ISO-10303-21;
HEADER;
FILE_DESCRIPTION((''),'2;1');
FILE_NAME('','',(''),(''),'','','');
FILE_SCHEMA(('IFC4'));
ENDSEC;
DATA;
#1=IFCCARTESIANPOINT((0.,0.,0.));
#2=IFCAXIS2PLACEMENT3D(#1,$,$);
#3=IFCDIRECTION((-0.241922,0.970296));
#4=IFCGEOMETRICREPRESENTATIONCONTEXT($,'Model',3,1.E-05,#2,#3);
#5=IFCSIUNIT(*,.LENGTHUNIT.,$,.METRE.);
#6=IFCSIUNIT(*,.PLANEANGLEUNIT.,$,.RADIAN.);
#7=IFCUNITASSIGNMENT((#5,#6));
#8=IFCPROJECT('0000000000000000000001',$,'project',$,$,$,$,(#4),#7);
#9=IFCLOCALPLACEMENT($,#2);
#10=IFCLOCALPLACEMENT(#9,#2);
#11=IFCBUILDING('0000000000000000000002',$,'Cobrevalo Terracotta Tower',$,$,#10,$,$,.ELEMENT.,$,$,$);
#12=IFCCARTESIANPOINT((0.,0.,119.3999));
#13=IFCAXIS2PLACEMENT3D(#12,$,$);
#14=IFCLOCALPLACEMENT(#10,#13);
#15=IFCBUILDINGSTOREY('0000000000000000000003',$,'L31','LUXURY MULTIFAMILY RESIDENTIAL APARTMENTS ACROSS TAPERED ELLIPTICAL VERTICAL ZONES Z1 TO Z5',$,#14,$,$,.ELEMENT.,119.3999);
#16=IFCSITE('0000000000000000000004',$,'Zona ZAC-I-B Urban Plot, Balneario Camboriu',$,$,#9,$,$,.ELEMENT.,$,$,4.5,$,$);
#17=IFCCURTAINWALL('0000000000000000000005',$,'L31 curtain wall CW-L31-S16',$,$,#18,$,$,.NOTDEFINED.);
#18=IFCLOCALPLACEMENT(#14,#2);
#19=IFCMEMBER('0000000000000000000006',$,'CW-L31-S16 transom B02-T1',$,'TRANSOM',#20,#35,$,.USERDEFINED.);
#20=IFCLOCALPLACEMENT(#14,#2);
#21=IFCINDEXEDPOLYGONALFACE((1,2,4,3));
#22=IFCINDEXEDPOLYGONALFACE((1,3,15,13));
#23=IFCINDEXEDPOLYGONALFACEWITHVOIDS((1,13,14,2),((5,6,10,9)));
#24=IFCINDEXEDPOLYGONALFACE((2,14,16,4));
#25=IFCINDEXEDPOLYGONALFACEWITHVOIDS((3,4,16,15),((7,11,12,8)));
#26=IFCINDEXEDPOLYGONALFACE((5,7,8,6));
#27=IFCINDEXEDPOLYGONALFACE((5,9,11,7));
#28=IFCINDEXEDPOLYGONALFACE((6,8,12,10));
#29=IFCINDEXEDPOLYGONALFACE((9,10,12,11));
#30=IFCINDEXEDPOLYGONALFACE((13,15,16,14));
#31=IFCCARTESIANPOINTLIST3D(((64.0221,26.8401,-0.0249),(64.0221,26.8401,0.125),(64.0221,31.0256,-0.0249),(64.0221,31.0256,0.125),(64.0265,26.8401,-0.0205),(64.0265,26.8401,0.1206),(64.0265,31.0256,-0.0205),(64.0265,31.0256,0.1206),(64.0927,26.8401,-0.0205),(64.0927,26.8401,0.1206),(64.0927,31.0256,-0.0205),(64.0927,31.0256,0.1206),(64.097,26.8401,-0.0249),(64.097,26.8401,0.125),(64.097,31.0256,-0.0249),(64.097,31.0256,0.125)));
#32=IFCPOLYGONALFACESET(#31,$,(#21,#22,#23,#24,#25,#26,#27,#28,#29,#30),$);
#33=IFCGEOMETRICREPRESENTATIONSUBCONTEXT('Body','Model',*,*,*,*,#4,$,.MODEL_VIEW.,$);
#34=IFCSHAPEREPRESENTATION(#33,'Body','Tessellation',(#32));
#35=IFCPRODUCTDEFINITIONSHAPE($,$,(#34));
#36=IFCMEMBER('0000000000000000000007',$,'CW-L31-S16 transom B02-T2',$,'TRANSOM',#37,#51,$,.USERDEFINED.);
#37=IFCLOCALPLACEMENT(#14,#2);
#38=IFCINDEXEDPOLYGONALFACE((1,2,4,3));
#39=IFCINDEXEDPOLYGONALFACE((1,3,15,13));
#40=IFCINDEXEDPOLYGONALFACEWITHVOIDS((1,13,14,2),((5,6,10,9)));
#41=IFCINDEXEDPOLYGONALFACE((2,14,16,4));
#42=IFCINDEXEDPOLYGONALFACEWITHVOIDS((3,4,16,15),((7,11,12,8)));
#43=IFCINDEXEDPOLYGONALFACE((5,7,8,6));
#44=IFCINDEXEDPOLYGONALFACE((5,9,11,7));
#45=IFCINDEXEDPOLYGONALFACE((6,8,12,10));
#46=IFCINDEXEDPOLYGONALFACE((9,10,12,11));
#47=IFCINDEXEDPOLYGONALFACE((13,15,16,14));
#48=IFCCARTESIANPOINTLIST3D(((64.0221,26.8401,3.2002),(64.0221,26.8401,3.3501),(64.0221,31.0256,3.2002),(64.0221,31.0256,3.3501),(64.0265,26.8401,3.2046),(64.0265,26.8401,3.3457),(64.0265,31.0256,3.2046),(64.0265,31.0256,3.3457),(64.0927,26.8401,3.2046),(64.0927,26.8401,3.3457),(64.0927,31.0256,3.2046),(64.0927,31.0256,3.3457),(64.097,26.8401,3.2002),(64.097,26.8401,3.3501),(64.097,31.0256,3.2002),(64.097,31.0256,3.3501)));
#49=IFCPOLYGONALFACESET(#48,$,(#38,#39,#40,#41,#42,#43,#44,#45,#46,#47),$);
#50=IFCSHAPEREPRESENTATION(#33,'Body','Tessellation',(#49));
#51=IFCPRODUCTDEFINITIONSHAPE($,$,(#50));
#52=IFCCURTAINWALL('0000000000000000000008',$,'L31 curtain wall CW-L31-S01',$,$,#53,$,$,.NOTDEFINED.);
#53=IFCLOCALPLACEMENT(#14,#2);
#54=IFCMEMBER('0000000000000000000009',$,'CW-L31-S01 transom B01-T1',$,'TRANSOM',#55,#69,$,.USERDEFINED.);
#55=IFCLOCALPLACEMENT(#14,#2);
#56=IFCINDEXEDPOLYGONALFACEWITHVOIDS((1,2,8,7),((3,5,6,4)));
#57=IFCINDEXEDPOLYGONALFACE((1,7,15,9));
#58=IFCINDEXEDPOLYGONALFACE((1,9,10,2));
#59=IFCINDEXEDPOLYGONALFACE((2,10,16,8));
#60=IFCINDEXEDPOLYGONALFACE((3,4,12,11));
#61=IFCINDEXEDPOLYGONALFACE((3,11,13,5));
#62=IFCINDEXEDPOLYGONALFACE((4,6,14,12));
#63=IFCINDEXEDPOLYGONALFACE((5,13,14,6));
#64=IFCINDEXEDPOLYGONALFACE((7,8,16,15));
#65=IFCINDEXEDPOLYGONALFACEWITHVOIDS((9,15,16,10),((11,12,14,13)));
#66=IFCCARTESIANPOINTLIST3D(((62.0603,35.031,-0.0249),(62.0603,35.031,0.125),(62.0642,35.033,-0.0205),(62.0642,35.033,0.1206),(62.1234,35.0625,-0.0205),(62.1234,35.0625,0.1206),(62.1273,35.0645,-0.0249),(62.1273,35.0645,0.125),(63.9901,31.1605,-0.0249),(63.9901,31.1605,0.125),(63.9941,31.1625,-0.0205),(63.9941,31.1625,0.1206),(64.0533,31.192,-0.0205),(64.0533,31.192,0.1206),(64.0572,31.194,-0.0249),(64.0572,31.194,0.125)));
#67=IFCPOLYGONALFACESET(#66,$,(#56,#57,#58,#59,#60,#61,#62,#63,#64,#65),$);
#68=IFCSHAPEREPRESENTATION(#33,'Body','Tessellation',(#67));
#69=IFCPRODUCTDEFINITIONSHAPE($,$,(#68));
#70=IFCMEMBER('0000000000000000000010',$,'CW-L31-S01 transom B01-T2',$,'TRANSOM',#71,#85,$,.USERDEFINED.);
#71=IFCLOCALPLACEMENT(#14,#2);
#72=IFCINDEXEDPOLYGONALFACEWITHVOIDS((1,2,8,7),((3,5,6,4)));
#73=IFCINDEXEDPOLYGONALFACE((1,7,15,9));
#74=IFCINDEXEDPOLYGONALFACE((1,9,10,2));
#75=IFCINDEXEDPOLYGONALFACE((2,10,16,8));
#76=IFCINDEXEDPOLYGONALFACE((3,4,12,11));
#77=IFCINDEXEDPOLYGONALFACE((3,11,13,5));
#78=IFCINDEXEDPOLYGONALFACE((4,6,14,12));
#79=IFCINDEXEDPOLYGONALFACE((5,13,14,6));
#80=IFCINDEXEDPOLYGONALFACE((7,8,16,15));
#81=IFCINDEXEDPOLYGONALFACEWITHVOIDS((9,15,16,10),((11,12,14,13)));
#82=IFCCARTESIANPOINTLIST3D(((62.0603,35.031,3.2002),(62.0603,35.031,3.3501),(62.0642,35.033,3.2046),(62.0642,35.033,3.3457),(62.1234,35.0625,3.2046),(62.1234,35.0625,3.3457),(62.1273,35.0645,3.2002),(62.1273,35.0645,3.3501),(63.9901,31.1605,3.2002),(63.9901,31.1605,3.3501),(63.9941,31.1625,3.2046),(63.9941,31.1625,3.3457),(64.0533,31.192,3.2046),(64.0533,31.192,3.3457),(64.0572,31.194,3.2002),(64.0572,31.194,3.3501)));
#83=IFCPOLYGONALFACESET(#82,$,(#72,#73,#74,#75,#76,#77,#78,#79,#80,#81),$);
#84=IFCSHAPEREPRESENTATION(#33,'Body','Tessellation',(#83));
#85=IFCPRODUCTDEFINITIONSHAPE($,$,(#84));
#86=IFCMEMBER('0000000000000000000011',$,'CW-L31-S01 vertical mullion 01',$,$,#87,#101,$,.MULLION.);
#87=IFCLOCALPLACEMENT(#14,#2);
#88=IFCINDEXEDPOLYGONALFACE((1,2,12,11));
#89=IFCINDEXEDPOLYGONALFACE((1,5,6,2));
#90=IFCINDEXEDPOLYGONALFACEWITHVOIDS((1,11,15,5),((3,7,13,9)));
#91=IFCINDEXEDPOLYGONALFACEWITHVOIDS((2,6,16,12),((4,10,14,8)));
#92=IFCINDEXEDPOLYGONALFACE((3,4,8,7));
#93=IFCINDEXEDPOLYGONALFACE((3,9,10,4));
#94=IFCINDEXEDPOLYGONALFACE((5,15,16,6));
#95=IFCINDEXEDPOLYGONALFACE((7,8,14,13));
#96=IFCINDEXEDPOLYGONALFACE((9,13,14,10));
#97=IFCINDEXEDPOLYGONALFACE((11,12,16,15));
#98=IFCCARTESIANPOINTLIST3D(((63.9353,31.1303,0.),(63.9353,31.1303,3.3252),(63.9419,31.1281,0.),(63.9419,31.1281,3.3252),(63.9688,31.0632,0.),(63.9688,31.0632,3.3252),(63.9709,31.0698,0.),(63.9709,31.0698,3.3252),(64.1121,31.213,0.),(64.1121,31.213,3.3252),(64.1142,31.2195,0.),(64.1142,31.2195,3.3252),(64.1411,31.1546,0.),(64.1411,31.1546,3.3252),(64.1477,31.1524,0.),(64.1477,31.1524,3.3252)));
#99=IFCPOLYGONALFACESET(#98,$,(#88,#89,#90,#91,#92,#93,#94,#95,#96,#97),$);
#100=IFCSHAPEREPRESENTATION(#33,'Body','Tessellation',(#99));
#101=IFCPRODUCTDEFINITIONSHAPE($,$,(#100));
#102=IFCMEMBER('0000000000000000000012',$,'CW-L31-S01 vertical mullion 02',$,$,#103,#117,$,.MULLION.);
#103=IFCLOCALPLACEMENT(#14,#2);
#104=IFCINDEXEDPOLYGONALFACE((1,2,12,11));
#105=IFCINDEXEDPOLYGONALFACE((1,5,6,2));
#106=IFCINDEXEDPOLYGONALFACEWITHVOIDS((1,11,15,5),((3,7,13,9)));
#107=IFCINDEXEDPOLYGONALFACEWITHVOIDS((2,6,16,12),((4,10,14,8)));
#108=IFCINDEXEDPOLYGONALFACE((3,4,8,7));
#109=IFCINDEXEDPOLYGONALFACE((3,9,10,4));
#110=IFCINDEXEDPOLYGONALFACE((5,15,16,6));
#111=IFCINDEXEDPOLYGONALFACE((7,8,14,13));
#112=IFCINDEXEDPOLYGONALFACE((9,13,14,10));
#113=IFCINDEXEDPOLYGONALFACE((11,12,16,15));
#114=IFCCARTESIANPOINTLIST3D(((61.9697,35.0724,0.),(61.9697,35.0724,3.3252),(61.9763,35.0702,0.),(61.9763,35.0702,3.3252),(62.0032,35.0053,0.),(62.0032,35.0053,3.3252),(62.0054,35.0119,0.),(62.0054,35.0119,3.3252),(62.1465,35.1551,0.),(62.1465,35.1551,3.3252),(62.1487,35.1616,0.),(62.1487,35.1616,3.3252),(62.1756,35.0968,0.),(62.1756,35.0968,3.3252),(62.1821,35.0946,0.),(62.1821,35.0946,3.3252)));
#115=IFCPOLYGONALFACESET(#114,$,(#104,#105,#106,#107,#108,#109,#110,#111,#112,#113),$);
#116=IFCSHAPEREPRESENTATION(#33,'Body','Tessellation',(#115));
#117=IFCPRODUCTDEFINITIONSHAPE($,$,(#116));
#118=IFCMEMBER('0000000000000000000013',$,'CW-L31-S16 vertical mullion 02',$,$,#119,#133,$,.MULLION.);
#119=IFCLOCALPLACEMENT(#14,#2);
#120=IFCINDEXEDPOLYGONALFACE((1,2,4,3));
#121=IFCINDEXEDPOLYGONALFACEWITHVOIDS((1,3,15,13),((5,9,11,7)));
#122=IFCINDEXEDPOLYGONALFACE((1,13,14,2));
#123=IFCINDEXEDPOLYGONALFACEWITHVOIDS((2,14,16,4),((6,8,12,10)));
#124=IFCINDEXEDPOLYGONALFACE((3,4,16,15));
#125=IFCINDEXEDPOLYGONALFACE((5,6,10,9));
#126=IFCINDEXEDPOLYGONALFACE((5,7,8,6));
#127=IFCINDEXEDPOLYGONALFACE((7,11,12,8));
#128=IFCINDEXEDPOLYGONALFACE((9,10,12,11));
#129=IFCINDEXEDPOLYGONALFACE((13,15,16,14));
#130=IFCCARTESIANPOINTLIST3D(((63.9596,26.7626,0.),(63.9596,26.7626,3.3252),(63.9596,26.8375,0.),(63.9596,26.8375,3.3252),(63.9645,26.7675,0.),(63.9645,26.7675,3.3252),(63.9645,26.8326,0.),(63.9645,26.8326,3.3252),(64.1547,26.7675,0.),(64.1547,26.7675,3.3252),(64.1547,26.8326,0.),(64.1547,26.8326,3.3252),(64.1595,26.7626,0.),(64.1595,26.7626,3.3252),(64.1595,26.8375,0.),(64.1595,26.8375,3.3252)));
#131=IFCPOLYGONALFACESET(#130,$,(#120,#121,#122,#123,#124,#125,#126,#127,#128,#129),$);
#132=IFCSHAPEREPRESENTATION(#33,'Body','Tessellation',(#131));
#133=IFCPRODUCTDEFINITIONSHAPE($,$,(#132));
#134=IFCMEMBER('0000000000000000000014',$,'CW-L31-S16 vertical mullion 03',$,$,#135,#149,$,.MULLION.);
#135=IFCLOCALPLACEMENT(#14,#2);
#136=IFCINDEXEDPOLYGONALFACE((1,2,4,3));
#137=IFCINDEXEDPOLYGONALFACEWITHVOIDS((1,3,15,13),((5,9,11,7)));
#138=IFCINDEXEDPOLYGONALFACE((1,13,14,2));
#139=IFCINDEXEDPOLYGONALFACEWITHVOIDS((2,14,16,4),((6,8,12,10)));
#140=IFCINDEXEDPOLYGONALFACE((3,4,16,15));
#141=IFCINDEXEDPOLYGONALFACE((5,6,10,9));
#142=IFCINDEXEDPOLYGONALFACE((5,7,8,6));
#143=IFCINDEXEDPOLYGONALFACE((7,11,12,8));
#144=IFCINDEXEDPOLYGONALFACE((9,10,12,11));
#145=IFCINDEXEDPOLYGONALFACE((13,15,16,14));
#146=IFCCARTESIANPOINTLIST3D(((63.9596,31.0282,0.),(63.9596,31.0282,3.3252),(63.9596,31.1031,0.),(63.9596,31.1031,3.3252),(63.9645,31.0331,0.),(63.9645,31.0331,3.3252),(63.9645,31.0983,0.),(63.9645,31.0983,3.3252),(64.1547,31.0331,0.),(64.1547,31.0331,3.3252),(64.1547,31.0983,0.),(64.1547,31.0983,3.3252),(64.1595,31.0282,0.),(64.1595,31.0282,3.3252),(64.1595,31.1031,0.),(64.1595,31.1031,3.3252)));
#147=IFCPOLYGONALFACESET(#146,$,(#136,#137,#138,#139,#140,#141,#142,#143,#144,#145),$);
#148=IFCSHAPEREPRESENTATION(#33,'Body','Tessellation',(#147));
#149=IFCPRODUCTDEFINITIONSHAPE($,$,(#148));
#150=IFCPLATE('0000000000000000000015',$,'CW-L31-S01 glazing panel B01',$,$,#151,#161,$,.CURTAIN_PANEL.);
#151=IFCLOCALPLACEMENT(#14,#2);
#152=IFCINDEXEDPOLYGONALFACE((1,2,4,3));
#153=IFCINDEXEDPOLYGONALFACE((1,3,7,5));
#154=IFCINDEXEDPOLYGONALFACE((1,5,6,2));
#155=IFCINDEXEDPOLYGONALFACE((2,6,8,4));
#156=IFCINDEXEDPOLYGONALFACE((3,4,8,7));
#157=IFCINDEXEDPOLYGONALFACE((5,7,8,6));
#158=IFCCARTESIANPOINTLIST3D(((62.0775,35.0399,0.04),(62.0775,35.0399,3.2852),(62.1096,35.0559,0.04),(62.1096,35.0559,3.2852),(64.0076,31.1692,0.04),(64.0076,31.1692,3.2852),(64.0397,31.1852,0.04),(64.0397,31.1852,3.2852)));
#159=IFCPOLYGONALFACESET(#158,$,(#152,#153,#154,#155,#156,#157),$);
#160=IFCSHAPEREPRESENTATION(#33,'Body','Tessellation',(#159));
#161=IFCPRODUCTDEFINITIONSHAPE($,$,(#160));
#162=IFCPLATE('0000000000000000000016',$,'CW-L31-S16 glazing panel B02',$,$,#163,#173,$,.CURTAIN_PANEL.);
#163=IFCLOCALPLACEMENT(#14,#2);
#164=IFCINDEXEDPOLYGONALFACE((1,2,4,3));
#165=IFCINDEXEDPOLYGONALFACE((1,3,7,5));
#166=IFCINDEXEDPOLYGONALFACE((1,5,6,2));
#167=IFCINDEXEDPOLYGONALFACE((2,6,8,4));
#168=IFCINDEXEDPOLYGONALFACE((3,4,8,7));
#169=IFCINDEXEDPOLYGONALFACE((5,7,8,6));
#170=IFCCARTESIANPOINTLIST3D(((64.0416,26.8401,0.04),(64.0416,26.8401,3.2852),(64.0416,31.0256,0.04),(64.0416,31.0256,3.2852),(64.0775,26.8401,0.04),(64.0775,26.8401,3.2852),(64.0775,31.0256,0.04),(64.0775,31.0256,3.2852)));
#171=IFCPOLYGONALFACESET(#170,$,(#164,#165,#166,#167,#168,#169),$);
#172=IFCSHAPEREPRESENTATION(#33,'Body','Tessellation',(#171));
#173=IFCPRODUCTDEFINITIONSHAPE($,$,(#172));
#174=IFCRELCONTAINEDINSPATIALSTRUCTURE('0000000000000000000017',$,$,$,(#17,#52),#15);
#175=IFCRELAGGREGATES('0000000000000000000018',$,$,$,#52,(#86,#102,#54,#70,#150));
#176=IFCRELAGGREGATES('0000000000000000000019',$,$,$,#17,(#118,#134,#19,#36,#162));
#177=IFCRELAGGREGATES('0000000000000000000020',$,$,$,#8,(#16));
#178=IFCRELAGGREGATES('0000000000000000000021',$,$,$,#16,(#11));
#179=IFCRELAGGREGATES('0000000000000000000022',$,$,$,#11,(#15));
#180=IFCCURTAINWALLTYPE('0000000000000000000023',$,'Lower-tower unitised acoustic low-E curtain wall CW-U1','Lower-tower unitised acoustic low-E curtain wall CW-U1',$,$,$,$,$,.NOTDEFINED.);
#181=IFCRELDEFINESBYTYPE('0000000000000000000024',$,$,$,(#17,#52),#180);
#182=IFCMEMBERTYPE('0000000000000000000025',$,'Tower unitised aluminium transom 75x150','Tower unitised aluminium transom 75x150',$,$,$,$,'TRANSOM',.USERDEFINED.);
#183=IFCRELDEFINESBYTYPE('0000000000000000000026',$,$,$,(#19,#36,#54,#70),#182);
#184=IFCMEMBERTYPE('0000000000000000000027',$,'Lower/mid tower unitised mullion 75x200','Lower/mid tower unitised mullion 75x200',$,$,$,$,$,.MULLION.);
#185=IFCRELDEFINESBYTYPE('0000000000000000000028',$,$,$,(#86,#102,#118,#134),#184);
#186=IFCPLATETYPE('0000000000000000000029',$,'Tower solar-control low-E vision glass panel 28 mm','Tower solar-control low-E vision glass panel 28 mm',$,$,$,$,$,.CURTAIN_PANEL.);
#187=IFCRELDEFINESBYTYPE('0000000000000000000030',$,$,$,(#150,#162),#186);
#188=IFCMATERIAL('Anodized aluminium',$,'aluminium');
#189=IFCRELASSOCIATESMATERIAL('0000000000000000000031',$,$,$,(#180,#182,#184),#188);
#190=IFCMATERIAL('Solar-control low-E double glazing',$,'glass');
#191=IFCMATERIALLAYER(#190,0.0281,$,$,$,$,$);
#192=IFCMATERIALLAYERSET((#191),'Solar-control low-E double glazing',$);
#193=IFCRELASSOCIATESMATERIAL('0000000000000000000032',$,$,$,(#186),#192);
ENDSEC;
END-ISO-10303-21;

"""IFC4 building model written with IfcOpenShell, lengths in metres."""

from ifc_helpers import new_model, si_unit, direction, frame, origin, origin_2d, place, context, subcontext, project, spatial, rectangle, hollow_rectangle, extrude, source, transform, mapped, material, layer, layer_set, material_profile, profile_set, type_object, element, aggregate, save


model = new_model("IFC4")

# Units and contexts
model_context = context("Model", 3, precision=1e-05, world=origin(), true_north=direction((-0.241922, 0.970296)))
body_context = subcontext(model_context, "Body", "Model", "MODEL_VIEW")
ifc_project = project(units=[si_unit("LENGTHUNIT", "METRE"), si_unit("PLANEANGLEUNIT", "RADIAN")], contexts=[model_context])

# Site, building, storey
site_placement = place(None, origin())
site = spatial("IfcSite", under=ifc_project, at=site_placement, Name="Zona ZAC-I-B Urban Plot, Balneario Camboriu", CompositionType="ELEMENT", RefElevation=4.5)
building_placement = place(site_placement, origin())
building = spatial("IfcBuilding", under=site, at=building_placement, Name="Cobrevalo Terracotta Tower", CompositionType="ELEMENT")
storey_placement = place(building_placement, frame((0.0, 0.0, 119.3999)))
storey = spatial("IfcBuildingStorey", under=building, at=storey_placement, Name="L31", Description="LUXURY MULTIFAMILY RESIDENTIAL APARTMENTS ACROSS TAPERED ELLIPTICAL VERTICAL ZONES Z1 TO Z5", CompositionType="ELEMENT", Elevation=119.3999)

# Curtain walls, members
ifc_material_1 = material(Name="Anodized aluminium", Category="aluminium")
curtain_wall_type = type_object("IfcCurtainWallType", Name="Lower-tower unitised acoustic low-E curtain wall CW-U1", Description="Lower-tower unitised acoustic low-E curtain wall CW-U1", PredefinedType="NOTDEFINED", material=ifc_material_1)
curtain_wall_1_placement = place(storey_placement, origin())
curtain_wall_1 = element("IfcCurtainWall", 1, at=curtain_wall_1_placement, inside=storey, type_object=curtain_wall_type, Name="L31 curtain wall CW-L31-S16", PredefinedType="NOTDEFINED")
ifc_material_profile_1 = material_profile(ifc_material_1, hollow_rectangle(XDim=0.075, YDim=0.1499, WallThickness=0.0044, at=origin_2d()), Name="CWT 75x150")
ifc_profile_set_1 = profile_set([ifc_material_profile_1], Name="Anodized aluminium")
member_type_1 = type_object("IfcMemberType", Name="Tower unitised aluminium transom 75x150", Description="Tower unitised aluminium transom 75x150", ElementType="TRANSOM", PredefinedType="USERDEFINED", material=ifc_profile_set_1)
shared_shape_1 = source(origin(), body_context, "Body", "SweptSolid", [
    extrude(hollow_rectangle(XDim=0.075, YDim=0.1499, WallThickness=0.0044, at=origin_2d()), origin(), (0.0, 0.0, 1.0), 4.1855),
])
member_1_placement = place(storey_placement, frame((64.0596, 26.8401, 0.05), z_axis=(0.0, 1.0, 0.0), x_axis=(-1.0, 0.0, 0.0)))
member_1 = element("IfcMember", 2, at=member_1_placement, type_object=member_type_1, Name="CW-L31-S16 transom B02-T1", ObjectType="TRANSOM", PredefinedType="USERDEFINED", context=body_context, shape_type="MappedRepresentation", body=[
    mapped(shared_shape_1, transform((0.0, 0.0, 0.0), scale=1.0)),
])
member_2_placement = place(storey_placement, frame((64.0596, 26.8401, 3.2751), z_axis=(0.0, 1.0, 0.0), x_axis=(-1.0, 0.0, 0.0)))
member_2 = element("IfcMember", 3, at=member_2_placement, type_object=member_type_1, Name="CW-L31-S16 transom B02-T2", ObjectType="TRANSOM", PredefinedType="USERDEFINED", context=body_context, shape_type="MappedRepresentation", body=[
    mapped(shared_shape_1, transform((0.0, 0.0, 0.0), scale=1.0)),
])
curtain_wall_2_placement = place(storey_placement, origin())
curtain_wall_2 = element("IfcCurtainWall", 4, at=curtain_wall_2_placement, inside=storey, type_object=curtain_wall_type, Name="L31 curtain wall CW-L31-S01", PredefinedType="NOTDEFINED")
shared_shape_2 = source(origin(), body_context, "Body", "SweptSolid", [
    extrude(hollow_rectangle(XDim=0.075, YDim=0.1499, WallThickness=0.0044, at=origin_2d()), origin(), (0.0, 0.0, 1.0), 4.325),
])
member_3_placement = place(storey_placement, frame((64.0237, 31.1772, 0.05), z_axis=(-0.44622, 0.894923, 0.0), x_axis=(-0.894923, -0.44622, 0.0)))
member_3 = element("IfcMember", 5, at=member_3_placement, type_object=member_type_1, Name="CW-L31-S01 transom B01-T1", ObjectType="TRANSOM", PredefinedType="USERDEFINED", context=body_context, shape_type="MappedRepresentation", body=[
    mapped(shared_shape_2, transform((0.0, 0.0, 0.0), scale=1.0)),
])
member_4_placement = place(storey_placement, frame((64.0237, 31.1772, 3.2751), z_axis=(-0.44622, 0.894923, 0.0), x_axis=(-0.894923, -0.44622, 0.0)))
member_4 = element("IfcMember", 6, at=member_4_placement, type_object=member_type_1, Name="CW-L31-S01 transom B01-T2", ObjectType="TRANSOM", PredefinedType="USERDEFINED", context=body_context, shape_type="MappedRepresentation", body=[
    mapped(shared_shape_2, transform((0.0, 0.0, 0.0), scale=1.0)),
])
ifc_material_profile_2 = material_profile(ifc_material_1, hollow_rectangle(XDim=0.075, YDim=0.2, WallThickness=0.0049, at=origin_2d()), Name="CWM 75x200")
ifc_profile_set_2 = profile_set([ifc_material_profile_2], Name="Anodized aluminium")
member_type_2 = type_object("IfcMemberType", Name="Lower/mid tower unitised mullion 75x200", Description="Lower/mid tower unitised mullion 75x200", PredefinedType="MULLION", material=ifc_profile_set_2)
shared_shape_3 = source(origin(), body_context, "Body", "SweptSolid", [
    extrude(hollow_rectangle(XDim=0.075, YDim=0.2, WallThickness=0.0049, at=origin_2d()), origin(), (0.0, 0.0, 1.0), 3.3252),
])
member_5_placement = place(storey_placement, frame((64.0415, 31.1414, 0.0), z_axis=(0.0, 0.0, 1.0), x_axis=(-0.44626, 0.894903, 0.0)))
member_5 = element("IfcMember", 7, at=member_5_placement, type_object=member_type_2, Name="CW-L31-S01 vertical mullion 01", PredefinedType="MULLION", context=body_context, shape_type="MappedRepresentation", body=[
    mapped(shared_shape_3, transform((0.0, 0.0, 0.0), scale=1.0)),
])
member_6_placement = place(storey_placement, frame((62.0759, 35.0835, 0.0), z_axis=(0.0, 0.0, 1.0), x_axis=(-0.44626, 0.894903, 0.0)))
member_6 = element("IfcMember", 8, at=member_6_placement, type_object=member_type_2, Name="CW-L31-S01 vertical mullion 02", PredefinedType="MULLION", context=body_context, shape_type="MappedRepresentation", body=[
    mapped(shared_shape_3, transform((0.0, 0.0, 0.0), scale=1.0)),
])

# Members
member_7_placement = place(storey_placement, frame((64.0596, 26.8, 0.0), z_axis=(0.0, 0.0, 1.0), x_axis=(0.0, 1.0, 0.0)))
member_7 = element("IfcMember", 9, at=member_7_placement, type_object=member_type_2, Name="CW-L31-S16 vertical mullion 02", PredefinedType="MULLION", context=body_context, shape_type="MappedRepresentation", body=[
    mapped(shared_shape_3, transform((0.0, 0.0, 0.0), scale=1.0)),
])
member_8_placement = place(storey_placement, frame((64.0596, 31.0657, 0.0), z_axis=(0.0, 0.0, 1.0), x_axis=(0.0, 1.0, 0.0)))
member_8 = element("IfcMember", 10, at=member_8_placement, type_object=member_type_2, Name="CW-L31-S16 vertical mullion 03", PredefinedType="MULLION", context=body_context, shape_type="MappedRepresentation", body=[
    mapped(shared_shape_3, transform((0.0, 0.0, 0.0), scale=1.0)),
])

# Plates
ifc_material_2 = material(Name="Solar-control low-E double glazing", Category="glass")
ifc_layer_1 = layer(ifc_material_2, 0.0281)
ifc_layer_set_1 = layer_set([ifc_layer_1], Name="Solar-control low-E double glazing")
plate_type = type_object("IfcPlateType", Name="Tower solar-control low-E vision glass panel 28 mm", Description="Tower solar-control low-E vision glass panel 28 mm", PredefinedType="CURTAIN_PANEL", material=ifc_layer_set_1)
shared_shape_4 = source(origin(), body_context, "Body", "SweptSolid", [
    extrude(rectangle(XDim=4.3252, YDim=0.0359, at=origin_2d()), origin(), (0.0, 0.0, 1.0), 3.2451),
])
plate_1_placement = place(storey_placement, frame((63.0586, 33.1125, 0.04), z_axis=(0.0, 0.0, 1.0), x_axis=(-0.446262, 0.894902, 0.0)))
plate_1 = element("IfcPlate", 11, at=plate_1_placement, type_object=plate_type, Name="CW-L31-S01 glazing panel B01", PredefinedType="CURTAIN_PANEL", context=body_context, shape_type="MappedRepresentation", body=[
    mapped(shared_shape_4, transform((0.0, 0.0, 0.0), scale=1.0)),
])
aggregate(curtain_wall_2, [member_5, member_6, member_3, member_4, plate_1])
shared_shape_5 = source(origin(), body_context, "Body", "SweptSolid", [
    extrude(rectangle(XDim=4.1855, YDim=0.0359, at=origin_2d()), origin(), (0.0, 0.0, 1.0), 3.2451),
])
plate_2_placement = place(storey_placement, frame((64.0596, 28.9329, 0.04), z_axis=(0.0, 0.0, 1.0), x_axis=(0.0, 1.0, 0.0)))
plate_2 = element("IfcPlate", 12, at=plate_2_placement, type_object=plate_type, Name="CW-L31-S16 glazing panel B02", PredefinedType="CURTAIN_PANEL", context=body_context, shape_type="MappedRepresentation", body=[
    mapped(shared_shape_5, transform((0.0, 0.0, 0.0), scale=1.0)),
])
aggregate(curtain_wall_1, [member_7, member_8, member_1, member_2, plate_2])

save(model, "model.ifc")
